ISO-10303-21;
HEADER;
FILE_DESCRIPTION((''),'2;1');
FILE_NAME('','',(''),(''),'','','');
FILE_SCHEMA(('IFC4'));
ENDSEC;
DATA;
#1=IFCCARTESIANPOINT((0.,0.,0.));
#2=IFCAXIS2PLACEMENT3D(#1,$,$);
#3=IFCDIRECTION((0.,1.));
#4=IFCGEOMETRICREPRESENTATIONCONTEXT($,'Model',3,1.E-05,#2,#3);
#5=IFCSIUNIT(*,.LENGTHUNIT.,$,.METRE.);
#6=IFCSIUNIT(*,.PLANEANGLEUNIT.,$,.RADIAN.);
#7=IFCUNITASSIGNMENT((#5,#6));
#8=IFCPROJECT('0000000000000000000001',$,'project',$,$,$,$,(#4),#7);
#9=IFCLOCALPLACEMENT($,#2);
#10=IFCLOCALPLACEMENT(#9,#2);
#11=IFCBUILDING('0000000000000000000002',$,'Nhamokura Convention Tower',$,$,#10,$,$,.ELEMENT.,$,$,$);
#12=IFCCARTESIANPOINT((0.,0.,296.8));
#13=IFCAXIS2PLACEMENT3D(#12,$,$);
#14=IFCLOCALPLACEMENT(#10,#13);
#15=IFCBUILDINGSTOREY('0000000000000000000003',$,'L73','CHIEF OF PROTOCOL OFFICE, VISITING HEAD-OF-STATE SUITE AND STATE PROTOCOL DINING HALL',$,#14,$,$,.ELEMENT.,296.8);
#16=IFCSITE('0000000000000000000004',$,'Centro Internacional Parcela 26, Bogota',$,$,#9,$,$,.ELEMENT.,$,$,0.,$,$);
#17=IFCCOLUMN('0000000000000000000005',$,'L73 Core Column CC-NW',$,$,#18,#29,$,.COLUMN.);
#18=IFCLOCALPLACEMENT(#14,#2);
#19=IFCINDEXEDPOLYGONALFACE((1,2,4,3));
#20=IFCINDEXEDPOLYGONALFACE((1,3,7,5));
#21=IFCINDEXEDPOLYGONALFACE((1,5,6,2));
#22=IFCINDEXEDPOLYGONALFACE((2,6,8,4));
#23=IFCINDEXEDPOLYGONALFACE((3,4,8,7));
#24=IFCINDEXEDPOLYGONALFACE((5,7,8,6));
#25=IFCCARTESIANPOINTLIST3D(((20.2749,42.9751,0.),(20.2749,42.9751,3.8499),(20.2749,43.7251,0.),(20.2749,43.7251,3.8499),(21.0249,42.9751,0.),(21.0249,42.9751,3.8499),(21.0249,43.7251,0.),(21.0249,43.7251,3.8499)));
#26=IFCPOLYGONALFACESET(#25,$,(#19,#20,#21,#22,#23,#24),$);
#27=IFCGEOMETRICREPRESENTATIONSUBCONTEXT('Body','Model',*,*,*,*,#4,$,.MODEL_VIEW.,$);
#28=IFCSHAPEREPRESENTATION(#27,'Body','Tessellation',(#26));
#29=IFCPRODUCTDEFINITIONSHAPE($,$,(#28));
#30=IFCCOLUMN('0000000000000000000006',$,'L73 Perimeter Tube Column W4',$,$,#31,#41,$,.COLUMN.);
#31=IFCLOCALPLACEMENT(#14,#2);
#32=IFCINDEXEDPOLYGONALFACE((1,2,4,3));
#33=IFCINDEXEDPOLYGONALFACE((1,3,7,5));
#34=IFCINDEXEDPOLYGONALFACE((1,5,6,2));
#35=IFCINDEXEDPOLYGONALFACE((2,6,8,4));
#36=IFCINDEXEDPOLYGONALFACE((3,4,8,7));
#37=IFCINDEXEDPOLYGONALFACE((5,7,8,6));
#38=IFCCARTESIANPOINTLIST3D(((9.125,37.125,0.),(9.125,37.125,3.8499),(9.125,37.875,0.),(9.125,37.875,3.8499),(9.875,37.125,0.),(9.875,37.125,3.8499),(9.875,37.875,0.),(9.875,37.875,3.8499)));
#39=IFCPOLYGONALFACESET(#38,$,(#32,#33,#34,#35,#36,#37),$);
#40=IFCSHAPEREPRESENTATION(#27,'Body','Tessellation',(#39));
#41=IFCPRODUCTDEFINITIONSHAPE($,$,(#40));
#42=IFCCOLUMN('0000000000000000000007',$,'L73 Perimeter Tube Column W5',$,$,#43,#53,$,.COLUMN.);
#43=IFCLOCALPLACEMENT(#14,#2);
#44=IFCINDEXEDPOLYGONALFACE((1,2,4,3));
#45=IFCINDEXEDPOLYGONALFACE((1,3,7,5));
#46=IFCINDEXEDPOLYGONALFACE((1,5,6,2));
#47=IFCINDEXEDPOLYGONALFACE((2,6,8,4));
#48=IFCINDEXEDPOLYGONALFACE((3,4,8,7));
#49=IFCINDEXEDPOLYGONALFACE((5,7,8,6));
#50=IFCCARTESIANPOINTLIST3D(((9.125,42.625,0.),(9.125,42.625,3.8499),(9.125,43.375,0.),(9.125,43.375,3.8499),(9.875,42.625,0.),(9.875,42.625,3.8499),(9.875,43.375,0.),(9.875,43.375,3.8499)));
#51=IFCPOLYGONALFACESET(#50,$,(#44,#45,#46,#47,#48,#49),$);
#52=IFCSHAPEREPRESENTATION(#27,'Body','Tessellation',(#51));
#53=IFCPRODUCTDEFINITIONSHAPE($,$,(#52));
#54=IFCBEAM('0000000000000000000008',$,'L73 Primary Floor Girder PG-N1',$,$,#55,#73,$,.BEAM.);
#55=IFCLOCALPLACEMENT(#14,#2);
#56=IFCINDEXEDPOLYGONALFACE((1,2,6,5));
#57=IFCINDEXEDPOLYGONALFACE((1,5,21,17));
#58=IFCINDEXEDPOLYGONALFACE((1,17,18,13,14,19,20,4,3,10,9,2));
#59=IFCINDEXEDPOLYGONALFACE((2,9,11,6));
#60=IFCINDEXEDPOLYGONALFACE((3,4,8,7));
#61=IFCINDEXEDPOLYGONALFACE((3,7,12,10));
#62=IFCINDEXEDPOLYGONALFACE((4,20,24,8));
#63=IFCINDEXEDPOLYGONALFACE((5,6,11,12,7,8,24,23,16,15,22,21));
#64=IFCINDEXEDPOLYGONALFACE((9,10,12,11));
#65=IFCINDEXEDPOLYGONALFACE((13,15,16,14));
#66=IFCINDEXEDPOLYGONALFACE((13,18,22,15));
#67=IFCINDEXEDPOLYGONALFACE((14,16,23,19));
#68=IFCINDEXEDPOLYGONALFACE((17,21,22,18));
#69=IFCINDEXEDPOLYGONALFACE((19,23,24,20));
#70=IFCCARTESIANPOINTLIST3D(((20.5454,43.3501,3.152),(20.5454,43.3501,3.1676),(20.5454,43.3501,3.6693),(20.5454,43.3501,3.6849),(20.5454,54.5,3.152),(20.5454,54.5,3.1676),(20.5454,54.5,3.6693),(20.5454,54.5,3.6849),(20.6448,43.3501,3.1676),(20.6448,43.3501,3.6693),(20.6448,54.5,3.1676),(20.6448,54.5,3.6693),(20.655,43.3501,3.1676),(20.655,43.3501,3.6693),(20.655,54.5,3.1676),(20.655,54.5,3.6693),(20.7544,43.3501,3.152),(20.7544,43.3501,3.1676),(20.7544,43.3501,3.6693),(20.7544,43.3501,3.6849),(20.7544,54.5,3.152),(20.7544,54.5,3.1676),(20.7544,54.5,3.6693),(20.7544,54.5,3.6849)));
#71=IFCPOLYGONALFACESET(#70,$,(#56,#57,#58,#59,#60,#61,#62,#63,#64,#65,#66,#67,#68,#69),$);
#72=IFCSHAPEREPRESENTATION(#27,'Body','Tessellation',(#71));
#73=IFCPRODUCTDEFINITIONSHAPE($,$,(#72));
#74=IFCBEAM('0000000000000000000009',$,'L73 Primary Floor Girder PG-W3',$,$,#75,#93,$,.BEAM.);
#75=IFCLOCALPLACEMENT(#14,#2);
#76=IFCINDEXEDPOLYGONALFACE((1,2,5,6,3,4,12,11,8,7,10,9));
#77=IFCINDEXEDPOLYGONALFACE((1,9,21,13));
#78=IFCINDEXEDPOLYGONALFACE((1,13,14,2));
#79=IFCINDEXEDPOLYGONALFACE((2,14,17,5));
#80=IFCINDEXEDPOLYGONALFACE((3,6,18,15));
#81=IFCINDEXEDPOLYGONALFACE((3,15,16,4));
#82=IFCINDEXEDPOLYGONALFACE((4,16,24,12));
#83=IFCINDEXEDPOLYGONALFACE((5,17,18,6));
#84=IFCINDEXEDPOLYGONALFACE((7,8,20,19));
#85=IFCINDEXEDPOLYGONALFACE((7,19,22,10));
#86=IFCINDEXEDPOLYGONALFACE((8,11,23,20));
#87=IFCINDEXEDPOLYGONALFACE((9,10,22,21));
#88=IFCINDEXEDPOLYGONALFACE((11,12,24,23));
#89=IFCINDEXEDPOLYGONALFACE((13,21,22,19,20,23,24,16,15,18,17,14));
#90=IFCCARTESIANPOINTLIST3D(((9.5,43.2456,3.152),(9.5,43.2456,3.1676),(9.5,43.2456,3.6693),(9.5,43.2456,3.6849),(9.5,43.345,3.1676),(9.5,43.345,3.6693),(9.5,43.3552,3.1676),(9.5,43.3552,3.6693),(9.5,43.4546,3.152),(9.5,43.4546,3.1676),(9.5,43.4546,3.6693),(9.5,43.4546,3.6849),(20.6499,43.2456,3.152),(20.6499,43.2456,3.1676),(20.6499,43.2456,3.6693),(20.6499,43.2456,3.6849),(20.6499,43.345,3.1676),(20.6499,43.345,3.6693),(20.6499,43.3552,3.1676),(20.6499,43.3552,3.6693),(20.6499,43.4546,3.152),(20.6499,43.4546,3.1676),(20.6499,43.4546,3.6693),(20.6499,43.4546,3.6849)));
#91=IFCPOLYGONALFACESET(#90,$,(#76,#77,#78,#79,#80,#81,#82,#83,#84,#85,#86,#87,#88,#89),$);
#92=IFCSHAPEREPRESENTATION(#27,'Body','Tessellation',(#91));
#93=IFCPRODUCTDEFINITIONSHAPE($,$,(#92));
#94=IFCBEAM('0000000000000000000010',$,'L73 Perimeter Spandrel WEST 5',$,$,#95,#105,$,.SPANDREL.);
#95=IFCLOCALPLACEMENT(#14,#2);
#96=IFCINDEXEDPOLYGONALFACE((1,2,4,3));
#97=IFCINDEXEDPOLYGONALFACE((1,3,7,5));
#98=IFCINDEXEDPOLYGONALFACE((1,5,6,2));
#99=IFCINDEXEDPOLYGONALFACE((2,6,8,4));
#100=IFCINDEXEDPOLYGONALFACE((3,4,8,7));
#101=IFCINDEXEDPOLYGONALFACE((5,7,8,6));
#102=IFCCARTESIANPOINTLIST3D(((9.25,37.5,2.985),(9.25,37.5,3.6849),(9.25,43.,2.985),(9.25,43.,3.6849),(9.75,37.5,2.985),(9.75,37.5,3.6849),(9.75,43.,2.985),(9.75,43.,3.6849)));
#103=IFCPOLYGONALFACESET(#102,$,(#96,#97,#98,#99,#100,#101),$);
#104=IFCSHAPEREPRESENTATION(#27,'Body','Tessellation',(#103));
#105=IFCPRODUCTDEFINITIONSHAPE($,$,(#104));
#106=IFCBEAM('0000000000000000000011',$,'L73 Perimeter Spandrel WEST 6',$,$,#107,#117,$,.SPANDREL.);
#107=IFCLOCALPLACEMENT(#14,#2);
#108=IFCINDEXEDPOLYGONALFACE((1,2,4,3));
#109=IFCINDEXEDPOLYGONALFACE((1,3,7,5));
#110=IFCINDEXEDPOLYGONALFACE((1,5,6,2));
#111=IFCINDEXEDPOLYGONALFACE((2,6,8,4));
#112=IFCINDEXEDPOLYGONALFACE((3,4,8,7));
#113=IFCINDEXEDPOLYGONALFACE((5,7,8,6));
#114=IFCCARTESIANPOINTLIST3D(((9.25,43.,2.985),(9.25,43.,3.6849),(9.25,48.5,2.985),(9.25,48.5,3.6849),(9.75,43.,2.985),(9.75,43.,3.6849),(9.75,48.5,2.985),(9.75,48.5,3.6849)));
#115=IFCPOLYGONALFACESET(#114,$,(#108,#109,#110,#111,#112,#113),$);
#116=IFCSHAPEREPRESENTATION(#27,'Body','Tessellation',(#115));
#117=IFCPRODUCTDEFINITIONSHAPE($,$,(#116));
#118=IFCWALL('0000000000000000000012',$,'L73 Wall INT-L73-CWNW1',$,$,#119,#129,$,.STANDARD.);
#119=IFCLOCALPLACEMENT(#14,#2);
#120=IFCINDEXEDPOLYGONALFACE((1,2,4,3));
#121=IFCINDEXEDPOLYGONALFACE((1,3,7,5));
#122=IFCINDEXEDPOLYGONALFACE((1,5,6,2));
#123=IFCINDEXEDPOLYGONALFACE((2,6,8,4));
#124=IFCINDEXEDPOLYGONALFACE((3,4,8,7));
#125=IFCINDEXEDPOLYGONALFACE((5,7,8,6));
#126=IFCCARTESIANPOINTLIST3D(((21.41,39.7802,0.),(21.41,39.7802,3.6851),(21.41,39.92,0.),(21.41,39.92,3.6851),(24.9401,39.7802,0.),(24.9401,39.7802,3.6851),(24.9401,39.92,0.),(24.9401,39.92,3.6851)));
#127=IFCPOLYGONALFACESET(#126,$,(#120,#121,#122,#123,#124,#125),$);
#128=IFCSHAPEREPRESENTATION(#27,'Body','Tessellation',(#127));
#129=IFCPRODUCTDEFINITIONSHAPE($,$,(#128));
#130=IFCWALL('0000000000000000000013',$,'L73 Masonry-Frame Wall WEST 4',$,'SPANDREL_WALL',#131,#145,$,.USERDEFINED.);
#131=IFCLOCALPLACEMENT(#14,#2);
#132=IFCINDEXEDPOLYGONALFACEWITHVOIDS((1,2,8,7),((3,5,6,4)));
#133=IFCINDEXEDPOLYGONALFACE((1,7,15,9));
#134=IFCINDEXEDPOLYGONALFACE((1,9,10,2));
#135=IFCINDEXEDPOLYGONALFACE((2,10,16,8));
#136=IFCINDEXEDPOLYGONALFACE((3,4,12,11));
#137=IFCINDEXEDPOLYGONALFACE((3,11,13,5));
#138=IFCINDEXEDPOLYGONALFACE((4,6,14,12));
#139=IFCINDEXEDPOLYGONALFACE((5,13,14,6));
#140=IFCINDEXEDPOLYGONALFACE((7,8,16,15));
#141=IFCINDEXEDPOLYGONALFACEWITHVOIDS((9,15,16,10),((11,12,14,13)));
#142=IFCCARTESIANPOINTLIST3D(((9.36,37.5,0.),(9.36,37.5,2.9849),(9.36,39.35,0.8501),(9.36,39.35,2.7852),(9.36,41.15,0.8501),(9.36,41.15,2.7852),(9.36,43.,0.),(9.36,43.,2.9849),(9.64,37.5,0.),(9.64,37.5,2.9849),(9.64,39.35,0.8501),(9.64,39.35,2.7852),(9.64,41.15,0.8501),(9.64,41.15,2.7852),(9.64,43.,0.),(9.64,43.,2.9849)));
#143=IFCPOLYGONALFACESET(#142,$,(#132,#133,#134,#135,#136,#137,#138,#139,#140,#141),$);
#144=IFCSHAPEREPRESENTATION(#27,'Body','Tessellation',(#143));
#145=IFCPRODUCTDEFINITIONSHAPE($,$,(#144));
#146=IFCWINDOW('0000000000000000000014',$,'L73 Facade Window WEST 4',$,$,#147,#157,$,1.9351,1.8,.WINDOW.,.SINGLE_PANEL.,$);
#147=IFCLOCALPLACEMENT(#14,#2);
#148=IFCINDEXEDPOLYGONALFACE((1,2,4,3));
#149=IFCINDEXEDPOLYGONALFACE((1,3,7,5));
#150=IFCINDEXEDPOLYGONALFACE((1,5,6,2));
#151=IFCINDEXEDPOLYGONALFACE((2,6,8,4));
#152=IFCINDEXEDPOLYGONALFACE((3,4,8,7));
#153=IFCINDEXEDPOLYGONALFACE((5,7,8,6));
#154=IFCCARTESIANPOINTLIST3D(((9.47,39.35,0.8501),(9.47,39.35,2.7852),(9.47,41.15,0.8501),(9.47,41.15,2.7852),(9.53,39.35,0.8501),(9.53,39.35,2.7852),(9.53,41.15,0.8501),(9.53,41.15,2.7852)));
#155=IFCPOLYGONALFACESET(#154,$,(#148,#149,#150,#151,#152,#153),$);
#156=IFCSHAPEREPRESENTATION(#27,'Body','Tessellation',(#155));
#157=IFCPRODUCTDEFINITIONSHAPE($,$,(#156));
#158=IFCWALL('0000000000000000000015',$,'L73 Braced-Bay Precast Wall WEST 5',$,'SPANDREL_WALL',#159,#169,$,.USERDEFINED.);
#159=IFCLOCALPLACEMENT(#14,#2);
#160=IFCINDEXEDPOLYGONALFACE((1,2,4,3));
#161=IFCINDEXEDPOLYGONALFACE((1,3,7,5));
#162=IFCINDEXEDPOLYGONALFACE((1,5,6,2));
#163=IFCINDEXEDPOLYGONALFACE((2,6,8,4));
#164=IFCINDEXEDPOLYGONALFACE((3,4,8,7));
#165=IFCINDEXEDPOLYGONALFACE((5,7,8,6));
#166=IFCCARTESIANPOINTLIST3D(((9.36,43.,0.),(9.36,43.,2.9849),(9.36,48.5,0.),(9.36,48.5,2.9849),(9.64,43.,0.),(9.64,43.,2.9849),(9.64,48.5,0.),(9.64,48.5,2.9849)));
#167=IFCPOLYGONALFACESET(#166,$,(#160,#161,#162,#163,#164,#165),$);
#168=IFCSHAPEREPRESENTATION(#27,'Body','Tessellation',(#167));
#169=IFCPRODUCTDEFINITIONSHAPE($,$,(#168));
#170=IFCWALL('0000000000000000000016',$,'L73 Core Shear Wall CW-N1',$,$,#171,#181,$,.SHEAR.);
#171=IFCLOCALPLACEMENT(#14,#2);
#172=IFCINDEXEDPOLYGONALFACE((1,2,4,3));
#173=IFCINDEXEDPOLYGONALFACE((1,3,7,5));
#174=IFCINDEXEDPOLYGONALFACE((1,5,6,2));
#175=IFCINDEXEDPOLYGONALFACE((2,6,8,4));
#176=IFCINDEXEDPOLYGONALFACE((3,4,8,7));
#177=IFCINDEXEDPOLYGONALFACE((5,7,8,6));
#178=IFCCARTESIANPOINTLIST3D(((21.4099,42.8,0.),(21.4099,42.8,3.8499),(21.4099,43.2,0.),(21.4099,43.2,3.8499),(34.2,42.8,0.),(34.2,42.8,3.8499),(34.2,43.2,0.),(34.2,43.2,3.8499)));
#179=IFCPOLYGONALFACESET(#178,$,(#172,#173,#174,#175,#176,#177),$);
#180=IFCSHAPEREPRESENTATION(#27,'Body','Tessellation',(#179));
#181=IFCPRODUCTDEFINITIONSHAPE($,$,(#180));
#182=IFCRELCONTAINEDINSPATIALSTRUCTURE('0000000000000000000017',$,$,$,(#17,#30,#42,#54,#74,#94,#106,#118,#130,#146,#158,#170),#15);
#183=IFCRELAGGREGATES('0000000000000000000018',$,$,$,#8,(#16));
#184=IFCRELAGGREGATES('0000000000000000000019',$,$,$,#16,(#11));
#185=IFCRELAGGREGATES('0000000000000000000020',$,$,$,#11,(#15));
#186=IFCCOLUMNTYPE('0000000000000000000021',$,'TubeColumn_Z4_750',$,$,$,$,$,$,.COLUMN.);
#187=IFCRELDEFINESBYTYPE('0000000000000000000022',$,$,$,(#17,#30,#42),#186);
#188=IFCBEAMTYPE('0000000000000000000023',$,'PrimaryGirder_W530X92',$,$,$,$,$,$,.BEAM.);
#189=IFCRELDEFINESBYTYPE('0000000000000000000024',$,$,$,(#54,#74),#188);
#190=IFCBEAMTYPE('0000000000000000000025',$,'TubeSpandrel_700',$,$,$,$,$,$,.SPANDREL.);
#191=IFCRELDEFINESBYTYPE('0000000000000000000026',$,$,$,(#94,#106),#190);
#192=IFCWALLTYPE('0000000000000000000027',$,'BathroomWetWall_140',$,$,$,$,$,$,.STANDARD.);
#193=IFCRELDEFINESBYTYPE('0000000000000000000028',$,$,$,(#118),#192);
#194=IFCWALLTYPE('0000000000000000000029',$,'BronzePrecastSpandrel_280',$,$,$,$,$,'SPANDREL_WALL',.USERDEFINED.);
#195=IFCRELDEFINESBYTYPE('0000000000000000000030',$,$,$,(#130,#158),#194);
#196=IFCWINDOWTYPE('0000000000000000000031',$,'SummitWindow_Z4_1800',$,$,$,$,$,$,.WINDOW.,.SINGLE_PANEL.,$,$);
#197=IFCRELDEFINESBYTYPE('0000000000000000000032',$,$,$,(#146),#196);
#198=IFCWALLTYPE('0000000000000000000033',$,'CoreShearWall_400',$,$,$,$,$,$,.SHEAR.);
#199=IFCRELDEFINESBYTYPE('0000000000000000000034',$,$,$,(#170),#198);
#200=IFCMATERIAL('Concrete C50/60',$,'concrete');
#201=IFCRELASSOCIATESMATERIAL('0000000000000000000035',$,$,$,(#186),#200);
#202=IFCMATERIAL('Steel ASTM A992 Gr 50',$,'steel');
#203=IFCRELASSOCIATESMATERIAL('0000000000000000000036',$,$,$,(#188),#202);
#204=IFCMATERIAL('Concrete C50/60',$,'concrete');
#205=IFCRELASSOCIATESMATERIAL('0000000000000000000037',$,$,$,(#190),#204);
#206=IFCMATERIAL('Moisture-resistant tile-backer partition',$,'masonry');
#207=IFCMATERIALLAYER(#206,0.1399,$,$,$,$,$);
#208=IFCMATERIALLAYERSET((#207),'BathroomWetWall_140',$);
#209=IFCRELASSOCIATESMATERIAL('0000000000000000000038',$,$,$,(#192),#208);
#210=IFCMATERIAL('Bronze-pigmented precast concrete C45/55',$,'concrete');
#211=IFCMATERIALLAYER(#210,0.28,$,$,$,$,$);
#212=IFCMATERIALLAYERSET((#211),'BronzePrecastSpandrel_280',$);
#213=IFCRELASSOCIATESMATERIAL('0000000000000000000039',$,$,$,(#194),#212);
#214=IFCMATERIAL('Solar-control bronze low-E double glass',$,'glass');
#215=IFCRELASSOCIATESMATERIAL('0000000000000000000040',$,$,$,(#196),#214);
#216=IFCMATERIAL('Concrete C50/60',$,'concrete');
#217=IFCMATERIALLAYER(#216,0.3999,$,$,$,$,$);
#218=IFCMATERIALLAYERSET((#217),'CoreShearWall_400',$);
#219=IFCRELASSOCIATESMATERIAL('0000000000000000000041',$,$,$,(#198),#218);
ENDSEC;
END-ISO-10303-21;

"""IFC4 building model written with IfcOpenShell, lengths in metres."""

from ifc_helpers import new_model, si_unit, direction, frame, frame_2d, origin, origin_2d, place, context, subcontext, project, spatial, rectangle, i_section, extrude, material, layer, layer_set, material_profile, profile_set, type_object, element, fill, save


model = new_model("IFC4")

# Units and contexts
model_context = context("Model", 3, precision=1e-05, world=origin(), true_north=direction((0.0, 1.0)))
body_context = subcontext(model_context, "Body", "Model", "MODEL_VIEW")
ifc_project = project(units=[si_unit("LENGTHUNIT", "METRE"), si_unit("PLANEANGLEUNIT", "RADIAN")], contexts=[model_context])

# Site, building, storey
site_placement = place(None, origin())
site = spatial("IfcSite", under=ifc_project, at=site_placement, Name="Centro Internacional Parcela 26, Bogota", CompositionType="ELEMENT", RefElevation=0.0)
building_placement = place(site_placement, origin())
building = spatial("IfcBuilding", under=site, at=building_placement, Name="Nhamokura Convention Tower", CompositionType="ELEMENT")
storey_placement = place(building_placement, frame((0.0, 0.0, 296.8)))
storey = spatial("IfcBuildingStorey", under=building, at=storey_placement, Name="L73", Description="CHIEF OF PROTOCOL OFFICE, VISITING HEAD-OF-STATE SUITE AND STATE PROTOCOL DINING HALL", CompositionType="ELEMENT", Elevation=296.8)

# Columns
ifc_material_1 = material(Name="Concrete C50/60", Category="concrete")
ifc_material_profile_1 = material_profile(ifc_material_1, rectangle(XDim=0.75, YDim=0.75, at=origin_2d()))
ifc_profile_set_1 = profile_set([ifc_material_profile_1], Name="Concrete C50/60")
column_type = type_object("IfcColumnType", Name="TubeColumn_Z4_750", PredefinedType="COLUMN", material=ifc_profile_set_1)
for number, where, z_axis, x_axis, name in (
    (1, (20.6499, 43.3501, 0.0), (0.0, 0.0, 1.0), (1.0, 0.0, 0.0), "L73 Core Column CC-NW"),
    (2, (9.5, 37.5, 0.0), (0.0, 0.0, 1.0), (1.0, 0.0, 0.0), "L73 Perimeter Tube Column W4"),
    (3, (9.5, 43.0, 0.0), (0.0, 0.0, 1.0), (1.0, 0.0, 0.0), "L73 Perimeter Tube Column W5"),
):
    element("IfcColumn", number, at=place(storey_placement, frame(where, z_axis=z_axis, x_axis=x_axis)), inside=storey, type_object=column_type, Name=name, PredefinedType="COLUMN", context=body_context, shape_type="SweptSolid", body=[
        extrude(rectangle(XDim=0.75, YDim=0.75, at=origin_2d()), origin(), (0.0, 0.0, 1.0), 3.8499),
    ])

# Beams
ifc_material_2 = material(Name="Steel ASTM A992 Gr 50", Category="steel")
ifc_material_profile_2 = material_profile(ifc_material_2, i_section(OverallWidth=0.209, OverallDepth=0.533, WebThickness=0.0103, FlangeThickness=0.0156, at=origin_2d()))
ifc_profile_set_2 = profile_set([ifc_material_profile_2], Name="Steel ASTM A992 Gr 50")
beam_type_1 = type_object("IfcBeamType", Name="PrimaryGirder_W530X92", PredefinedType="BEAM", material=ifc_profile_set_2)
for number, where, z_axis, x_axis, name in (
    (4, (20.6499, 43.3501, 3.4185), (0.0, 1.0, 0.0), (-1.0, 0.0, 0.0), "L73 Primary Floor Girder PG-N1"),
    (5, (9.5, 43.3501, 3.4185), (1.0, 0.0, 0.0), (0.0, 1.0, 0.0), "L73 Primary Floor Girder PG-W3"),
):
    element("IfcBeam", number, at=place(storey_placement, frame(where, z_axis=z_axis, x_axis=x_axis)), inside=storey, type_object=beam_type_1, Name=name, PredefinedType="BEAM", context=body_context, shape_type="SweptSolid", body=[
        extrude(i_section(OverallWidth=0.209, OverallDepth=0.533, WebThickness=0.0103, FlangeThickness=0.0156, at=origin_2d()), origin(), (0.0, 0.0, 1.0), 11.1499),
    ])
ifc_material_3 = material(Name="Concrete C50/60", Category="concrete")
ifc_material_profile_3 = material_profile(ifc_material_3, rectangle(XDim=0.5, YDim=0.7, at=origin_2d()))
ifc_profile_set_3 = profile_set([ifc_material_profile_3], Name="Concrete C50/60")
beam_type_2 = type_object("IfcBeamType", Name="TubeSpandrel_700", PredefinedType="SPANDREL", material=ifc_profile_set_3)
for number, where, z_axis, x_axis, name in (
    (6, (9.5, 37.5, 3.335), (0.0, 1.0, 0.0), (-1.0, 0.0, 0.0), "L73 Perimeter Spandrel WEST 5"),
    (7, (9.5, 43.0, 3.335), (0.0, 1.0, 0.0), (-1.0, 0.0, 0.0), "L73 Perimeter Spandrel WEST 6"),
):
    element("IfcBeam", number, at=place(storey_placement, frame(where, z_axis=z_axis, x_axis=x_axis)), inside=storey, type_object=beam_type_2, Name=name, PredefinedType="SPANDREL", context=body_context, shape_type="SweptSolid", body=[
        extrude(rectangle(XDim=0.5, YDim=0.7, at=origin_2d()), origin(), (0.0, 0.0, 1.0), 5.5),
    ])

# Wall
ifc_material_4 = material(Name="Moisture-resistant tile-backer partition", Category="masonry")
ifc_layer_1 = layer(ifc_material_4, 0.1399)
ifc_layer_set_1 = layer_set([ifc_layer_1], Name="BathroomWetWall_140")
wall_type_1 = type_object("IfcWallType", Name="BathroomWetWall_140", PredefinedType="STANDARD", material=ifc_layer_set_1)
wall_1_placement = place(storey_placement, frame((21.4099, 39.8501, 0.0), z_axis=(0.0, 0.0, 1.0), x_axis=(1.0, 0.0, 0.0)))
element("IfcWall", 8, at=wall_1_placement, inside=storey, type_object=wall_type_1, Name="L73 Wall INT-L73-CWNW1", PredefinedType="STANDARD", context=body_context, shape_type="SweptSolid", body=[
    extrude(rectangle(XDim=3.53, YDim=0.1399, at=frame_2d((1.7651, 0.0))), origin(), (0.0, 0.0, 1.0), 3.6851),
])

# Wall, opening, window
ifc_material_5 = material(Name="Bronze-pigmented precast concrete C45/55", Category="concrete")
ifc_layer_2 = layer(ifc_material_5, 0.28)
ifc_layer_set_2 = layer_set([ifc_layer_2], Name="BronzePrecastSpandrel_280")
wall_type_2 = type_object("IfcWallType", Name="BronzePrecastSpandrel_280", ElementType="SPANDREL_WALL", PredefinedType="USERDEFINED", material=ifc_layer_set_2)
wall_2_placement = place(storey_placement, frame((9.5, 37.5, 0.0), z_axis=(0.0, 0.0, 1.0), x_axis=(0.0, 1.0, 0.0)))
wall_2 = element("IfcWall", 9, at=wall_2_placement, inside=storey, type_object=wall_type_2, Name="L73 Masonry-Frame Wall WEST 4", ObjectType="SPANDREL_WALL", PredefinedType="USERDEFINED", context=body_context, shape_type="SweptSolid", body=[
    extrude(rectangle(XDim=5.5, YDim=0.28, at=frame_2d((2.75, 0.0))), origin(), (0.0, 0.0, 1.0), 2.9849),
])
opening_1_placement = place(wall_2_placement, frame((1.8501, 0.0, 0.8501)))
opening_1 = element("IfcOpeningElement", 10, at=opening_1_placement, cuts=wall_2, PredefinedType="OPENING", context=body_context, shape_type="SweptSolid", body=[
    extrude(rectangle(XDim=1.8, YDim=1.9351, at=frame_2d((0.8999, 0.9675))), frame((0.0, 0.1499, 0.0), z_axis=(0.0, -1.0, 0.0), x_axis=(1.0, 0.0, 0.0)), (0.0, 0.0, 1.0), 0.3),
])
ifc_material_6 = material(Name="Solar-control bronze low-E double glass", Category="glass")
window_type = type_object("IfcWindowType", Name="SummitWindow_Z4_1800", PartitioningType="SINGLE_PANEL", PredefinedType="WINDOW", material=ifc_material_6)
window_placement = place(opening_1_placement, origin())
window = element("IfcWindow", 11, at=window_placement, inside=storey, type_object=window_type, Name="L73 Facade Window WEST 4", OverallHeight=1.9351, OverallWidth=1.8, PartitioningType="SINGLE_PANEL", PredefinedType="WINDOW", context=body_context, shape_type="SweptSolid", body=[
    extrude(rectangle(XDim=1.8, YDim=1.9351, at=frame_2d((0.8999, 0.9675))), frame((0.0, 0.03, 0.0), z_axis=(0.0, -1.0, 0.0), x_axis=(1.0, 0.0, 0.0)), (0.0, 0.0, 1.0), 0.0601),
])
fill(opening_1, window)

# Walls
wall_3_placement = place(storey_placement, frame((9.5, 43.0, 0.0), z_axis=(0.0, 0.0, 1.0), x_axis=(0.0, 1.0, 0.0)))
element("IfcWall", 12, at=wall_3_placement, inside=storey, type_object=wall_type_2, Name="L73 Braced-Bay Precast Wall WEST 5", ObjectType="SPANDREL_WALL", PredefinedType="USERDEFINED", context=body_context, shape_type="SweptSolid", body=[
    extrude(rectangle(XDim=5.5, YDim=0.28, at=frame_2d((2.75, 0.0))), origin(), (0.0, 0.0, 1.0), 2.9849),
])
ifc_material_7 = material(Name="Concrete C50/60", Category="concrete")
ifc_layer_3 = layer(ifc_material_7, 0.3999)
ifc_layer_set_3 = layer_set([ifc_layer_3], Name="CoreShearWall_400")
wall_type_3 = type_object("IfcWallType", Name="CoreShearWall_400", PredefinedType="SHEAR", material=ifc_layer_set_3)
wall_4_placement = place(storey_placement, frame((21.4099, 43.0, 0.0), z_axis=(0.0, 0.0, 1.0), x_axis=(1.0, 0.0, 0.0)))
element("IfcWall", 13, at=wall_4_placement, inside=storey, type_object=wall_type_3, Name="L73 Core Shear Wall CW-N1", PredefinedType="SHEAR", context=body_context, shape_type="SweptSolid", body=[
    extrude(rectangle(XDim=12.79, YDim=0.3999, at=frame_2d((6.395, 0.0))), origin(), (0.0, 0.0, 1.0), 3.8499),
])

save(model, "model.ifc")
